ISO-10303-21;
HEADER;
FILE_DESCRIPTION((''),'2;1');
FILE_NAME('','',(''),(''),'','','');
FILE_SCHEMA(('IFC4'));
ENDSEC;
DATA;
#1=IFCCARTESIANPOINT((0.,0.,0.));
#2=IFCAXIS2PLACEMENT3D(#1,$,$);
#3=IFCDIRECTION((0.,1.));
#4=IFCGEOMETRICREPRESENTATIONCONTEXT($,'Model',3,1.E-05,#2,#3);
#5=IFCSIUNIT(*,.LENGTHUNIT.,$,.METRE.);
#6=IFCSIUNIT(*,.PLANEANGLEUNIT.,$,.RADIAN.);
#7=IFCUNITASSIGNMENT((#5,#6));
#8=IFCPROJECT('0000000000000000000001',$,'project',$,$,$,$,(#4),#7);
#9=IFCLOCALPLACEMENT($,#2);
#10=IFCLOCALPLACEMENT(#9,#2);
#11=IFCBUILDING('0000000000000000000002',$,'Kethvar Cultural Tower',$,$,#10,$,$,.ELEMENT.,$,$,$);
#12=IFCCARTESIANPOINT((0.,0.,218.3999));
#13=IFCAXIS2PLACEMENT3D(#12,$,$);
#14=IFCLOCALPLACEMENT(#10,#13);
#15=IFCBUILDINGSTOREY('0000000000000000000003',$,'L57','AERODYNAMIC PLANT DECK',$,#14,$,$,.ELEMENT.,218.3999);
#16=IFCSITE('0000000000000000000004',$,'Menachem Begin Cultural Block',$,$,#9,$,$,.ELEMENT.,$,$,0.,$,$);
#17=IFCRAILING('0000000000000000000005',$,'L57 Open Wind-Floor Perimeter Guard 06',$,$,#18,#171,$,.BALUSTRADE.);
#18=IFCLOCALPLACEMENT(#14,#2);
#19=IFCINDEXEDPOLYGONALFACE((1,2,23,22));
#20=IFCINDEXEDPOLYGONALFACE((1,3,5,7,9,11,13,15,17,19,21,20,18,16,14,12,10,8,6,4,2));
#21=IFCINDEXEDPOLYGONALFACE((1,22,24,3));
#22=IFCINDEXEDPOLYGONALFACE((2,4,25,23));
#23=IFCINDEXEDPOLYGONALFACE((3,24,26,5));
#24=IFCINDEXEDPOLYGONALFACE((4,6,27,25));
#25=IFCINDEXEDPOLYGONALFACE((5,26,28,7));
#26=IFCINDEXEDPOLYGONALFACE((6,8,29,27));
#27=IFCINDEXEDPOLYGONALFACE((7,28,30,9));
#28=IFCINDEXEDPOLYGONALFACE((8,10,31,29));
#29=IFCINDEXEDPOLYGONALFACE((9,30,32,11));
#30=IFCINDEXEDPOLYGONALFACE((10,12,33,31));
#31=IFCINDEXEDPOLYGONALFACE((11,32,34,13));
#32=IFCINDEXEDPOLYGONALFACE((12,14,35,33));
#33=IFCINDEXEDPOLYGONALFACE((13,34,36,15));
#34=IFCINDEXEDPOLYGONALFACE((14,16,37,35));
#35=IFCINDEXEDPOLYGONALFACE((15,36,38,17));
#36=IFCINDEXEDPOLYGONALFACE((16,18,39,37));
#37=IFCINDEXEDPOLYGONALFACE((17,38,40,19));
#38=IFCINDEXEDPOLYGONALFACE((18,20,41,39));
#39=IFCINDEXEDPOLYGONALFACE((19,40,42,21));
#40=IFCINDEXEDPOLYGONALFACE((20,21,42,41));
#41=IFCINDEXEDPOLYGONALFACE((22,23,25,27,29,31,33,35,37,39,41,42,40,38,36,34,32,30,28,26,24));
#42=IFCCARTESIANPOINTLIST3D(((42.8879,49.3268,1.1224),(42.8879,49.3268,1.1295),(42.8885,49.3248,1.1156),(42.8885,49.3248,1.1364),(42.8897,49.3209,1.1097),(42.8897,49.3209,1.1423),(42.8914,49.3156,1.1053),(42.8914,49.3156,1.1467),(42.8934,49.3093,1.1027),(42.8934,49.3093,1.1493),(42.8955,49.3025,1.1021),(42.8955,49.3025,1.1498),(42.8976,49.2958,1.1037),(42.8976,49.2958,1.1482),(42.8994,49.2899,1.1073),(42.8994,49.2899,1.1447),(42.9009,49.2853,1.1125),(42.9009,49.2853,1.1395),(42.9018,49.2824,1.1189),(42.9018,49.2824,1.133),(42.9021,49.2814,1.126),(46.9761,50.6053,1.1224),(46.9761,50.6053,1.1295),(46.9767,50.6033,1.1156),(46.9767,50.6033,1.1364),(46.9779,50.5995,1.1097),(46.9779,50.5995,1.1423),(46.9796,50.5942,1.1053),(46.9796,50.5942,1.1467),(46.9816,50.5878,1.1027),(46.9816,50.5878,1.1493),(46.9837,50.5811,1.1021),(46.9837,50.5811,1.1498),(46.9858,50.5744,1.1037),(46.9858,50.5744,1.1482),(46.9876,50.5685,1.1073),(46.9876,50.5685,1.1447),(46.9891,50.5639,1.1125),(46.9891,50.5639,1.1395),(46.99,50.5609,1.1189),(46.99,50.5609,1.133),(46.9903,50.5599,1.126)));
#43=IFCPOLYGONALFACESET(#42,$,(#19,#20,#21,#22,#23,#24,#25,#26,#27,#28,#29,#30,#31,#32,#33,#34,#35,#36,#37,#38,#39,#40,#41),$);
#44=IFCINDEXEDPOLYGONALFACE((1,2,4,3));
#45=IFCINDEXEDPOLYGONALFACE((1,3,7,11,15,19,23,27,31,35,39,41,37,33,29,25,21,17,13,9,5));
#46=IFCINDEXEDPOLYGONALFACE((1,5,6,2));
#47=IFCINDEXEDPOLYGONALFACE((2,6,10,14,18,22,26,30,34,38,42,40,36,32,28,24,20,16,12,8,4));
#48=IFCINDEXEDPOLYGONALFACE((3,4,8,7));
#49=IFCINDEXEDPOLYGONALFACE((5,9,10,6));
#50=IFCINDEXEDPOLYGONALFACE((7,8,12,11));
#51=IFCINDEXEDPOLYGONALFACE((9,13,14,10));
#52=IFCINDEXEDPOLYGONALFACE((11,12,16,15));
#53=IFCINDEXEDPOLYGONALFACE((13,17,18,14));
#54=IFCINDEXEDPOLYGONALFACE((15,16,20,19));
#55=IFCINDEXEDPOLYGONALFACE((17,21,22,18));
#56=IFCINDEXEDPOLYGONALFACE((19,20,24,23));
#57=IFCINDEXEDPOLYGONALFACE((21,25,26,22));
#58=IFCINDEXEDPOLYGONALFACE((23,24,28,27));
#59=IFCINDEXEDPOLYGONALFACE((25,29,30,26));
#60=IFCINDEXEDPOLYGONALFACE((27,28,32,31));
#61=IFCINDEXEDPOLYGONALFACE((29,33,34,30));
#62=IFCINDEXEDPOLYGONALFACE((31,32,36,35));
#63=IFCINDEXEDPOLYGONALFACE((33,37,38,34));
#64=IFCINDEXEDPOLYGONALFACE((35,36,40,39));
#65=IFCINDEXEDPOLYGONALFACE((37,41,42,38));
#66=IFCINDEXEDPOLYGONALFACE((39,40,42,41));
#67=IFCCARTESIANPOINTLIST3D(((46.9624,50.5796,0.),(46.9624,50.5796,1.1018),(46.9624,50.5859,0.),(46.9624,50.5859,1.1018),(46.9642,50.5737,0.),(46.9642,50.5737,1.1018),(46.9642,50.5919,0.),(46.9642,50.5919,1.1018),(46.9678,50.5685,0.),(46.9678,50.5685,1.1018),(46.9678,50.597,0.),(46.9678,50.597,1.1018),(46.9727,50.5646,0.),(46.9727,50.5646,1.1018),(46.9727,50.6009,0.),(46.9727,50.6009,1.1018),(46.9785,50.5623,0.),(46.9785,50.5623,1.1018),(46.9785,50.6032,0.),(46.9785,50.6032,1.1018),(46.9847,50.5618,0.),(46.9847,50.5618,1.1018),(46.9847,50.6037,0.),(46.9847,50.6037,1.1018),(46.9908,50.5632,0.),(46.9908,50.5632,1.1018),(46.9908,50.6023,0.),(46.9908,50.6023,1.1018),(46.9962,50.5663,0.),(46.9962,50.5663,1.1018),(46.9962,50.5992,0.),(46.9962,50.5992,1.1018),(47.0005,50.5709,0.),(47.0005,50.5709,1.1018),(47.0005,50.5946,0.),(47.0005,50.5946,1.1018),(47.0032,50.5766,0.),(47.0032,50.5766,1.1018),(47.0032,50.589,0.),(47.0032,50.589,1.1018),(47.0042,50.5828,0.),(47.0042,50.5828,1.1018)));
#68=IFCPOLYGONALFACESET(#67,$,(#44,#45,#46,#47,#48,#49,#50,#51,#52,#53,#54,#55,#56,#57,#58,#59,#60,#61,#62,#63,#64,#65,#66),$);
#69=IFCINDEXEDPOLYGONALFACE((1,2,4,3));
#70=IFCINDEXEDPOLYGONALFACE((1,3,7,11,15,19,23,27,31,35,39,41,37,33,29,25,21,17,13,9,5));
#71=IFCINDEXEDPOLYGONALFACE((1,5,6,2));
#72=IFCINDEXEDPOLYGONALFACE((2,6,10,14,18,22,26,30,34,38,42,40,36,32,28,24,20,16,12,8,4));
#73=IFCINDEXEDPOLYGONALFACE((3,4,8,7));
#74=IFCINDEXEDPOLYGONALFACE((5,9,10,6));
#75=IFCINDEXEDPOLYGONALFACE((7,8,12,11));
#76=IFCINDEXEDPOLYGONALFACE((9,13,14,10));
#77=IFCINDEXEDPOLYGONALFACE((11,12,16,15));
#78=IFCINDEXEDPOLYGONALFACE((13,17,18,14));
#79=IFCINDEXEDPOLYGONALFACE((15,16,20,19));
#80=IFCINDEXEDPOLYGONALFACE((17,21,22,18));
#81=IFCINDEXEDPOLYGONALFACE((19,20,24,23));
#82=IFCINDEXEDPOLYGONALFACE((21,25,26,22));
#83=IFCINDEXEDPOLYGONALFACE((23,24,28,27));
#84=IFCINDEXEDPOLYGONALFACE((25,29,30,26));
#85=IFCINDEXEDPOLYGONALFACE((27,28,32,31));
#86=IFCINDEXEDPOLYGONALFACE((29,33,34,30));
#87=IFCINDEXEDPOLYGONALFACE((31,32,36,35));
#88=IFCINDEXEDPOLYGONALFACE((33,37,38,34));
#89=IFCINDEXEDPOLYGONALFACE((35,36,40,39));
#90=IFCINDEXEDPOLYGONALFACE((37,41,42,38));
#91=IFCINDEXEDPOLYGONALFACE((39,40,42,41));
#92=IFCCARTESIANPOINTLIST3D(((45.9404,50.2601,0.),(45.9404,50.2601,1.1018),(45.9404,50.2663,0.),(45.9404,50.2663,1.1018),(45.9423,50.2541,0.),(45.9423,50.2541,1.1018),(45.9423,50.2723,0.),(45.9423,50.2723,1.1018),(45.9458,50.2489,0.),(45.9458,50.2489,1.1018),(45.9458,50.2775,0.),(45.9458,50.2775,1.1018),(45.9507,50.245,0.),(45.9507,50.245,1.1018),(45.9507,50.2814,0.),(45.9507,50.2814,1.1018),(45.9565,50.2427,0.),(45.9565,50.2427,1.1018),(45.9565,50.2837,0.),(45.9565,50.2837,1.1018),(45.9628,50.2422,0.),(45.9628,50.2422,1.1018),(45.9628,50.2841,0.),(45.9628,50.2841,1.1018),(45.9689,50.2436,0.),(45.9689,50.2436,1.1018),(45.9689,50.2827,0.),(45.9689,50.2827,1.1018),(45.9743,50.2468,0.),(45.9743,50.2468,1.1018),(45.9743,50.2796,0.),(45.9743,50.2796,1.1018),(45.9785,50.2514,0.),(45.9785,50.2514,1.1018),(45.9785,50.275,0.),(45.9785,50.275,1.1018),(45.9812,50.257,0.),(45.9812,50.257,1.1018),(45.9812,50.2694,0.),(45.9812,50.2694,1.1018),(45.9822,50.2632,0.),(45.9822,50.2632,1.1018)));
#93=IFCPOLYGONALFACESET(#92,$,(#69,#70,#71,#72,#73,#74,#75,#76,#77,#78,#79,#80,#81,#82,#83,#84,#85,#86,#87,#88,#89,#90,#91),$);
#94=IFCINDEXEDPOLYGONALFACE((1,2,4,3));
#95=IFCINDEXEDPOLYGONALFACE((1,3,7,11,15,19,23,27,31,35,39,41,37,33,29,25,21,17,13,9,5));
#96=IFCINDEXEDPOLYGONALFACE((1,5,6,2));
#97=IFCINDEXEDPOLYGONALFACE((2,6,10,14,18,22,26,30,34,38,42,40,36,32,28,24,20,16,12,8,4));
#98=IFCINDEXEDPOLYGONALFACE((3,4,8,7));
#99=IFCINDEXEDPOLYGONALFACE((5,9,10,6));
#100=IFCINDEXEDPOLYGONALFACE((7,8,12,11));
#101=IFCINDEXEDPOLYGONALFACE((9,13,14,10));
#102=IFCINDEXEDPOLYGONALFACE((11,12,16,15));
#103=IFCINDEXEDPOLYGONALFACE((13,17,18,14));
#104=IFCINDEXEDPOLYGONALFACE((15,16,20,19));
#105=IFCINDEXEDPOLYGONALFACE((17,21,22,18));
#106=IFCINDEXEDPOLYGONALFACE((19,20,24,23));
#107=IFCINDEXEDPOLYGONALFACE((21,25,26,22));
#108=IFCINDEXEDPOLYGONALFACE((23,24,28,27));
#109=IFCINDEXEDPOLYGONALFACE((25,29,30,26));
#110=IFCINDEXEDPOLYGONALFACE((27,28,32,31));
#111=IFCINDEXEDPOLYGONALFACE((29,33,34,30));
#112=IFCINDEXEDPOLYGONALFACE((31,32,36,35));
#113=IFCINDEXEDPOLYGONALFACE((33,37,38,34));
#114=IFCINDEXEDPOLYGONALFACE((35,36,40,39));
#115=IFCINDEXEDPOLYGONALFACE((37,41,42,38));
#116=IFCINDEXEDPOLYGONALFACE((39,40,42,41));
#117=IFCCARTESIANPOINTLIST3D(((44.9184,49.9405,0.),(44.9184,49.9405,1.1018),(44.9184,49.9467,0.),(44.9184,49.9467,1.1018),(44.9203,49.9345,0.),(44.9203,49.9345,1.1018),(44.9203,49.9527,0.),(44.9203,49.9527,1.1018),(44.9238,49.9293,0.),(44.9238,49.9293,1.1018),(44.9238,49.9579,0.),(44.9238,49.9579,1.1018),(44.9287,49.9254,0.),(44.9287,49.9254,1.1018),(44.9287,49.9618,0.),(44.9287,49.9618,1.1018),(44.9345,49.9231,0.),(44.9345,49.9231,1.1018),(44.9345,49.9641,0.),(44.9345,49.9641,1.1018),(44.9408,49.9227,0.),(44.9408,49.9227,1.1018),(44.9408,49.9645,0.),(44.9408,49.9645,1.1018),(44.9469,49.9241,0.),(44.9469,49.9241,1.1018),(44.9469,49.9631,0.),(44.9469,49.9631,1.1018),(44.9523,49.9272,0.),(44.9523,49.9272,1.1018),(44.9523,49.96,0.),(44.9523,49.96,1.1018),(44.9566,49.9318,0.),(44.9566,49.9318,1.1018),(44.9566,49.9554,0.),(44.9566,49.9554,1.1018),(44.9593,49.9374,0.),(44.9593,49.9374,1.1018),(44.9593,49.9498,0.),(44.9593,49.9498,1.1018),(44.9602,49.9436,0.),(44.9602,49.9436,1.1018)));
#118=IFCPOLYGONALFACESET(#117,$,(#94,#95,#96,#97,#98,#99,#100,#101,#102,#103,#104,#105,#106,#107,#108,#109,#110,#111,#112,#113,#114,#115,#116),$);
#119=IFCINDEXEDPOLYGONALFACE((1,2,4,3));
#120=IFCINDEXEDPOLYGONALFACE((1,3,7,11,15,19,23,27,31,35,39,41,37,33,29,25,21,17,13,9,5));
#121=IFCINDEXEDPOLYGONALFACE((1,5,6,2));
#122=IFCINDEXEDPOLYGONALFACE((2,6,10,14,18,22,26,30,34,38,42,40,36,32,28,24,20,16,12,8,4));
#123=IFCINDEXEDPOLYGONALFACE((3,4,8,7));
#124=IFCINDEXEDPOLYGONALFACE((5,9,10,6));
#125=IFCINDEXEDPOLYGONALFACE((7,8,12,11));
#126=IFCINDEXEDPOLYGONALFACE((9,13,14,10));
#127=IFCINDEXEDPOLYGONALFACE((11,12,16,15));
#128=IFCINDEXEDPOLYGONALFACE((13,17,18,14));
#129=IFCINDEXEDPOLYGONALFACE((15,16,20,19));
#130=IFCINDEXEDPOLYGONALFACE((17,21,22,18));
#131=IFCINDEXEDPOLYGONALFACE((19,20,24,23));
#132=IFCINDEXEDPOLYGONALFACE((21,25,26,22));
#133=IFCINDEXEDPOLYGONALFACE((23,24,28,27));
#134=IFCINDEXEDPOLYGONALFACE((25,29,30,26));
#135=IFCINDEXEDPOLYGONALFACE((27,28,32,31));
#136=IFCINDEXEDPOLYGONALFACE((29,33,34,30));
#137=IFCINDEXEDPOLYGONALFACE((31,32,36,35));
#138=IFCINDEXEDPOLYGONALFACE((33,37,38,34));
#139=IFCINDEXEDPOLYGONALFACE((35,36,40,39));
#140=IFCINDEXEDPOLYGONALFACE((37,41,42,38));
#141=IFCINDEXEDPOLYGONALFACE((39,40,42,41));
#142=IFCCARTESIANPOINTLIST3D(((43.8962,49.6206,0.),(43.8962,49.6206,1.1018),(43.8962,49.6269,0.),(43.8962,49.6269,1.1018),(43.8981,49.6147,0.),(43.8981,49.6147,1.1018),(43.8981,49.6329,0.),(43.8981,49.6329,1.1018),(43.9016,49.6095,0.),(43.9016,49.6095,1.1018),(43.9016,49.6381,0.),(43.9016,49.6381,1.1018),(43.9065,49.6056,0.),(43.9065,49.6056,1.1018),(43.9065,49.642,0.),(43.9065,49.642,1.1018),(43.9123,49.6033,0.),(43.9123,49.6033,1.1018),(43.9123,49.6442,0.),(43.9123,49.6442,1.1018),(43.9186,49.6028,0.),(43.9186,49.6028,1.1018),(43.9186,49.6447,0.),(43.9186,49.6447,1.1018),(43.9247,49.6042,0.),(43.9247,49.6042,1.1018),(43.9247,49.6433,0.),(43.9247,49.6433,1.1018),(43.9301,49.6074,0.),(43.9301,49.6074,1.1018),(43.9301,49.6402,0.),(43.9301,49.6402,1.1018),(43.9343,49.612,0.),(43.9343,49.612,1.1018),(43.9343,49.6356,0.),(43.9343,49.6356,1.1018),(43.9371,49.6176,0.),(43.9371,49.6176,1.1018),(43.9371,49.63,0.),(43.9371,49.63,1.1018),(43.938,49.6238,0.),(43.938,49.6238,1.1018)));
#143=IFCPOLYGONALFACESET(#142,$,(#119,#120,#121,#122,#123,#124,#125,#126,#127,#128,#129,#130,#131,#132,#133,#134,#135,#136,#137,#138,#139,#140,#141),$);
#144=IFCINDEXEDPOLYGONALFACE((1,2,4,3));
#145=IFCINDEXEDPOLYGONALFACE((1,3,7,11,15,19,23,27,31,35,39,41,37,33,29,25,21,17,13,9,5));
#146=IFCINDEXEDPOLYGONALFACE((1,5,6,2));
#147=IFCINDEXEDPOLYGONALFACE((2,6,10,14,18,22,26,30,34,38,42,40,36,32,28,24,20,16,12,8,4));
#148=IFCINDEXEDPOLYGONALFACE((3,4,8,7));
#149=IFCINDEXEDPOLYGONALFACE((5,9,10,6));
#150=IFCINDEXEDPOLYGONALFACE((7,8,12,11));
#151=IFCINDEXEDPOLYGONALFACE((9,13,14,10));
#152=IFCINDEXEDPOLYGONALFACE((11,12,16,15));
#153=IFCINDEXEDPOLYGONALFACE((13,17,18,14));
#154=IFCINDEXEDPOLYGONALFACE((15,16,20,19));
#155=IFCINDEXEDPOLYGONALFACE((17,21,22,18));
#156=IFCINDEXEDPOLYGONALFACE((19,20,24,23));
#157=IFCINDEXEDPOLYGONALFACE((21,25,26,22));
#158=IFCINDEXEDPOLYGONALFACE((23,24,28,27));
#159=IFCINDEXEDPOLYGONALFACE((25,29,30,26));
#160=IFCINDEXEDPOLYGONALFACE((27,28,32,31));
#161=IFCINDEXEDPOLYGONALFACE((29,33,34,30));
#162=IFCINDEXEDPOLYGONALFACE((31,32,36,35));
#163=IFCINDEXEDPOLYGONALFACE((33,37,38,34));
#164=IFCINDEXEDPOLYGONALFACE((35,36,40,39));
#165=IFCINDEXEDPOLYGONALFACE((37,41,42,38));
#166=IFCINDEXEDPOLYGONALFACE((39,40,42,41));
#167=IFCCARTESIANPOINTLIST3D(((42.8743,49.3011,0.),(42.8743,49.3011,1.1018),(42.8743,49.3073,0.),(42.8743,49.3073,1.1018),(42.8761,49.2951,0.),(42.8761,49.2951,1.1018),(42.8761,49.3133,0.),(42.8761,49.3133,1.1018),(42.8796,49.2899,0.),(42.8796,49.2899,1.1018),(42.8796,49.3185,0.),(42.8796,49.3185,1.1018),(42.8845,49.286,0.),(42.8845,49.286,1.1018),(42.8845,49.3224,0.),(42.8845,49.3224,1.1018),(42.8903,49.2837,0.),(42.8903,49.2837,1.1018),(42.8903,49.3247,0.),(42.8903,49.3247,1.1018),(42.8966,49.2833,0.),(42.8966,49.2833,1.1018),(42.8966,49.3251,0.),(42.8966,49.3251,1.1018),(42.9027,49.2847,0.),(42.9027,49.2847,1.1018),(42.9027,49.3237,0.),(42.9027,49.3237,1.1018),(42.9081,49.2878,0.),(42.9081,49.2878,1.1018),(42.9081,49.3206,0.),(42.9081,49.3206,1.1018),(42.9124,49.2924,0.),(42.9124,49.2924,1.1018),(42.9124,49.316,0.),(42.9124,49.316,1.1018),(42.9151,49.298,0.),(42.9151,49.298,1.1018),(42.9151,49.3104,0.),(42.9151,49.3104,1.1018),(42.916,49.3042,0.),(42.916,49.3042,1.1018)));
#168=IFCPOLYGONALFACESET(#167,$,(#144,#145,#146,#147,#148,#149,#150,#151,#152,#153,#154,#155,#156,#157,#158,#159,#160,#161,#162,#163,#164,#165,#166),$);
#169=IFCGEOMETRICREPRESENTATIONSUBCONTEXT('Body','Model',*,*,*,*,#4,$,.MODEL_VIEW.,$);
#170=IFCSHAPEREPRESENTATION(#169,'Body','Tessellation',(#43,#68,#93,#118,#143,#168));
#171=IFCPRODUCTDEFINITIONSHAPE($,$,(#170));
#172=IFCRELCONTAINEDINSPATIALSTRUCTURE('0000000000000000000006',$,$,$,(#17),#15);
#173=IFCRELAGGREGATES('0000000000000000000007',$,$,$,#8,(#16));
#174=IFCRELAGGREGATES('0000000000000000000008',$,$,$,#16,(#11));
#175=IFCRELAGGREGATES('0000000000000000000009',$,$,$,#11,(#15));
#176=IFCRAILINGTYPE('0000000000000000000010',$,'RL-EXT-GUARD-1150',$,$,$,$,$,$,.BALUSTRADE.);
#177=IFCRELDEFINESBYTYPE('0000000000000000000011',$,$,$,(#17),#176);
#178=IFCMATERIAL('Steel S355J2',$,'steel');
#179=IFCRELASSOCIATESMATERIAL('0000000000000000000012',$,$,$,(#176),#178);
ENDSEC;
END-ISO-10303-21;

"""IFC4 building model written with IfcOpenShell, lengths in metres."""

from ifc_helpers import new_model, si_unit, direction, frame, origin, origin_2d, place, context, subcontext, project, spatial, circle, extrude, material, type_object, element, save


model = new_model("IFC4")

# Units and contexts
model_context = context("Model", 3, precision=1e-05, world=origin(), true_north=direction((0.0, 1.0)))
body_context = subcontext(model_context, "Body", "Model", "MODEL_VIEW")
ifc_project = project(units=[si_unit("LENGTHUNIT", "METRE"), si_unit("PLANEANGLEUNIT", "RADIAN")], contexts=[model_context])

# Site, building, storey
site_placement = place(None, origin())
site = spatial("IfcSite", under=ifc_project, at=site_placement, Name="Menachem Begin Cultural Block", CompositionType="ELEMENT", RefElevation=0.0)
building_placement = place(site_placement, origin())
building = spatial("IfcBuilding", under=site, at=building_placement, Name="Kethvar Cultural Tower", CompositionType="ELEMENT")
storey_placement = place(building_placement, frame((0.0, 0.0, 218.3999)))
storey = spatial("IfcBuildingStorey", under=building, at=storey_placement, Name="L57", Description="AERODYNAMIC PLANT DECK", CompositionType="ELEMENT", Elevation=218.3999)

# Shared definitions
ifc_material_1 = material(Name="Steel S355J2", Category="steel")

# Railing
railing_type = type_object("IfcRailingType", Name="RL-EXT-GUARD-1150", PredefinedType="BALUSTRADE", material=ifc_material_1)
railing_1_placement = place(storey_placement, frame((46.9832, 50.5828, 0.0)))
element("IfcRailing", 1, at=railing_1_placement, inside=storey, type_object=railing_type, Name="L57 Open Wind-Floor Perimeter Guard 06", PredefinedType="BALUSTRADE", context=body_context, shape_type="SweptSolid", body=[
    extrude(circle(Radius=0.0239, at=origin_2d()), frame((0.0, 0.0, 1.126), z_axis=(-0.954412, -0.298492, 0.0), x_axis=(0.298492, -0.954412, 0.0)), (0.0, 0.0, 1.0), 4.2834),
    extrude(circle(Radius=0.021, at=origin_2d()), origin(), (0.0, 0.0, 1.0), 1.1018),
    extrude(circle(Radius=0.021, at=origin_2d()), frame((-1.022, -0.3196, 0.0)), (0.0, 0.0, 1.0), 1.1018),
    extrude(circle(Radius=0.021, at=origin_2d()), frame((-2.0439, -0.6392, 0.0)), (0.0, 0.0, 1.0), 1.1018),
    extrude(circle(Radius=0.021, at=origin_2d()), frame((-3.0662, -0.959, 0.0)), (0.0, 0.0, 1.0), 1.1018),
    extrude(circle(Radius=0.021, at=origin_2d()), frame((-4.0881, -1.2786, 0.0)), (0.0, 0.0, 1.0), 1.1018),
])

save(model, "model.ifc")
